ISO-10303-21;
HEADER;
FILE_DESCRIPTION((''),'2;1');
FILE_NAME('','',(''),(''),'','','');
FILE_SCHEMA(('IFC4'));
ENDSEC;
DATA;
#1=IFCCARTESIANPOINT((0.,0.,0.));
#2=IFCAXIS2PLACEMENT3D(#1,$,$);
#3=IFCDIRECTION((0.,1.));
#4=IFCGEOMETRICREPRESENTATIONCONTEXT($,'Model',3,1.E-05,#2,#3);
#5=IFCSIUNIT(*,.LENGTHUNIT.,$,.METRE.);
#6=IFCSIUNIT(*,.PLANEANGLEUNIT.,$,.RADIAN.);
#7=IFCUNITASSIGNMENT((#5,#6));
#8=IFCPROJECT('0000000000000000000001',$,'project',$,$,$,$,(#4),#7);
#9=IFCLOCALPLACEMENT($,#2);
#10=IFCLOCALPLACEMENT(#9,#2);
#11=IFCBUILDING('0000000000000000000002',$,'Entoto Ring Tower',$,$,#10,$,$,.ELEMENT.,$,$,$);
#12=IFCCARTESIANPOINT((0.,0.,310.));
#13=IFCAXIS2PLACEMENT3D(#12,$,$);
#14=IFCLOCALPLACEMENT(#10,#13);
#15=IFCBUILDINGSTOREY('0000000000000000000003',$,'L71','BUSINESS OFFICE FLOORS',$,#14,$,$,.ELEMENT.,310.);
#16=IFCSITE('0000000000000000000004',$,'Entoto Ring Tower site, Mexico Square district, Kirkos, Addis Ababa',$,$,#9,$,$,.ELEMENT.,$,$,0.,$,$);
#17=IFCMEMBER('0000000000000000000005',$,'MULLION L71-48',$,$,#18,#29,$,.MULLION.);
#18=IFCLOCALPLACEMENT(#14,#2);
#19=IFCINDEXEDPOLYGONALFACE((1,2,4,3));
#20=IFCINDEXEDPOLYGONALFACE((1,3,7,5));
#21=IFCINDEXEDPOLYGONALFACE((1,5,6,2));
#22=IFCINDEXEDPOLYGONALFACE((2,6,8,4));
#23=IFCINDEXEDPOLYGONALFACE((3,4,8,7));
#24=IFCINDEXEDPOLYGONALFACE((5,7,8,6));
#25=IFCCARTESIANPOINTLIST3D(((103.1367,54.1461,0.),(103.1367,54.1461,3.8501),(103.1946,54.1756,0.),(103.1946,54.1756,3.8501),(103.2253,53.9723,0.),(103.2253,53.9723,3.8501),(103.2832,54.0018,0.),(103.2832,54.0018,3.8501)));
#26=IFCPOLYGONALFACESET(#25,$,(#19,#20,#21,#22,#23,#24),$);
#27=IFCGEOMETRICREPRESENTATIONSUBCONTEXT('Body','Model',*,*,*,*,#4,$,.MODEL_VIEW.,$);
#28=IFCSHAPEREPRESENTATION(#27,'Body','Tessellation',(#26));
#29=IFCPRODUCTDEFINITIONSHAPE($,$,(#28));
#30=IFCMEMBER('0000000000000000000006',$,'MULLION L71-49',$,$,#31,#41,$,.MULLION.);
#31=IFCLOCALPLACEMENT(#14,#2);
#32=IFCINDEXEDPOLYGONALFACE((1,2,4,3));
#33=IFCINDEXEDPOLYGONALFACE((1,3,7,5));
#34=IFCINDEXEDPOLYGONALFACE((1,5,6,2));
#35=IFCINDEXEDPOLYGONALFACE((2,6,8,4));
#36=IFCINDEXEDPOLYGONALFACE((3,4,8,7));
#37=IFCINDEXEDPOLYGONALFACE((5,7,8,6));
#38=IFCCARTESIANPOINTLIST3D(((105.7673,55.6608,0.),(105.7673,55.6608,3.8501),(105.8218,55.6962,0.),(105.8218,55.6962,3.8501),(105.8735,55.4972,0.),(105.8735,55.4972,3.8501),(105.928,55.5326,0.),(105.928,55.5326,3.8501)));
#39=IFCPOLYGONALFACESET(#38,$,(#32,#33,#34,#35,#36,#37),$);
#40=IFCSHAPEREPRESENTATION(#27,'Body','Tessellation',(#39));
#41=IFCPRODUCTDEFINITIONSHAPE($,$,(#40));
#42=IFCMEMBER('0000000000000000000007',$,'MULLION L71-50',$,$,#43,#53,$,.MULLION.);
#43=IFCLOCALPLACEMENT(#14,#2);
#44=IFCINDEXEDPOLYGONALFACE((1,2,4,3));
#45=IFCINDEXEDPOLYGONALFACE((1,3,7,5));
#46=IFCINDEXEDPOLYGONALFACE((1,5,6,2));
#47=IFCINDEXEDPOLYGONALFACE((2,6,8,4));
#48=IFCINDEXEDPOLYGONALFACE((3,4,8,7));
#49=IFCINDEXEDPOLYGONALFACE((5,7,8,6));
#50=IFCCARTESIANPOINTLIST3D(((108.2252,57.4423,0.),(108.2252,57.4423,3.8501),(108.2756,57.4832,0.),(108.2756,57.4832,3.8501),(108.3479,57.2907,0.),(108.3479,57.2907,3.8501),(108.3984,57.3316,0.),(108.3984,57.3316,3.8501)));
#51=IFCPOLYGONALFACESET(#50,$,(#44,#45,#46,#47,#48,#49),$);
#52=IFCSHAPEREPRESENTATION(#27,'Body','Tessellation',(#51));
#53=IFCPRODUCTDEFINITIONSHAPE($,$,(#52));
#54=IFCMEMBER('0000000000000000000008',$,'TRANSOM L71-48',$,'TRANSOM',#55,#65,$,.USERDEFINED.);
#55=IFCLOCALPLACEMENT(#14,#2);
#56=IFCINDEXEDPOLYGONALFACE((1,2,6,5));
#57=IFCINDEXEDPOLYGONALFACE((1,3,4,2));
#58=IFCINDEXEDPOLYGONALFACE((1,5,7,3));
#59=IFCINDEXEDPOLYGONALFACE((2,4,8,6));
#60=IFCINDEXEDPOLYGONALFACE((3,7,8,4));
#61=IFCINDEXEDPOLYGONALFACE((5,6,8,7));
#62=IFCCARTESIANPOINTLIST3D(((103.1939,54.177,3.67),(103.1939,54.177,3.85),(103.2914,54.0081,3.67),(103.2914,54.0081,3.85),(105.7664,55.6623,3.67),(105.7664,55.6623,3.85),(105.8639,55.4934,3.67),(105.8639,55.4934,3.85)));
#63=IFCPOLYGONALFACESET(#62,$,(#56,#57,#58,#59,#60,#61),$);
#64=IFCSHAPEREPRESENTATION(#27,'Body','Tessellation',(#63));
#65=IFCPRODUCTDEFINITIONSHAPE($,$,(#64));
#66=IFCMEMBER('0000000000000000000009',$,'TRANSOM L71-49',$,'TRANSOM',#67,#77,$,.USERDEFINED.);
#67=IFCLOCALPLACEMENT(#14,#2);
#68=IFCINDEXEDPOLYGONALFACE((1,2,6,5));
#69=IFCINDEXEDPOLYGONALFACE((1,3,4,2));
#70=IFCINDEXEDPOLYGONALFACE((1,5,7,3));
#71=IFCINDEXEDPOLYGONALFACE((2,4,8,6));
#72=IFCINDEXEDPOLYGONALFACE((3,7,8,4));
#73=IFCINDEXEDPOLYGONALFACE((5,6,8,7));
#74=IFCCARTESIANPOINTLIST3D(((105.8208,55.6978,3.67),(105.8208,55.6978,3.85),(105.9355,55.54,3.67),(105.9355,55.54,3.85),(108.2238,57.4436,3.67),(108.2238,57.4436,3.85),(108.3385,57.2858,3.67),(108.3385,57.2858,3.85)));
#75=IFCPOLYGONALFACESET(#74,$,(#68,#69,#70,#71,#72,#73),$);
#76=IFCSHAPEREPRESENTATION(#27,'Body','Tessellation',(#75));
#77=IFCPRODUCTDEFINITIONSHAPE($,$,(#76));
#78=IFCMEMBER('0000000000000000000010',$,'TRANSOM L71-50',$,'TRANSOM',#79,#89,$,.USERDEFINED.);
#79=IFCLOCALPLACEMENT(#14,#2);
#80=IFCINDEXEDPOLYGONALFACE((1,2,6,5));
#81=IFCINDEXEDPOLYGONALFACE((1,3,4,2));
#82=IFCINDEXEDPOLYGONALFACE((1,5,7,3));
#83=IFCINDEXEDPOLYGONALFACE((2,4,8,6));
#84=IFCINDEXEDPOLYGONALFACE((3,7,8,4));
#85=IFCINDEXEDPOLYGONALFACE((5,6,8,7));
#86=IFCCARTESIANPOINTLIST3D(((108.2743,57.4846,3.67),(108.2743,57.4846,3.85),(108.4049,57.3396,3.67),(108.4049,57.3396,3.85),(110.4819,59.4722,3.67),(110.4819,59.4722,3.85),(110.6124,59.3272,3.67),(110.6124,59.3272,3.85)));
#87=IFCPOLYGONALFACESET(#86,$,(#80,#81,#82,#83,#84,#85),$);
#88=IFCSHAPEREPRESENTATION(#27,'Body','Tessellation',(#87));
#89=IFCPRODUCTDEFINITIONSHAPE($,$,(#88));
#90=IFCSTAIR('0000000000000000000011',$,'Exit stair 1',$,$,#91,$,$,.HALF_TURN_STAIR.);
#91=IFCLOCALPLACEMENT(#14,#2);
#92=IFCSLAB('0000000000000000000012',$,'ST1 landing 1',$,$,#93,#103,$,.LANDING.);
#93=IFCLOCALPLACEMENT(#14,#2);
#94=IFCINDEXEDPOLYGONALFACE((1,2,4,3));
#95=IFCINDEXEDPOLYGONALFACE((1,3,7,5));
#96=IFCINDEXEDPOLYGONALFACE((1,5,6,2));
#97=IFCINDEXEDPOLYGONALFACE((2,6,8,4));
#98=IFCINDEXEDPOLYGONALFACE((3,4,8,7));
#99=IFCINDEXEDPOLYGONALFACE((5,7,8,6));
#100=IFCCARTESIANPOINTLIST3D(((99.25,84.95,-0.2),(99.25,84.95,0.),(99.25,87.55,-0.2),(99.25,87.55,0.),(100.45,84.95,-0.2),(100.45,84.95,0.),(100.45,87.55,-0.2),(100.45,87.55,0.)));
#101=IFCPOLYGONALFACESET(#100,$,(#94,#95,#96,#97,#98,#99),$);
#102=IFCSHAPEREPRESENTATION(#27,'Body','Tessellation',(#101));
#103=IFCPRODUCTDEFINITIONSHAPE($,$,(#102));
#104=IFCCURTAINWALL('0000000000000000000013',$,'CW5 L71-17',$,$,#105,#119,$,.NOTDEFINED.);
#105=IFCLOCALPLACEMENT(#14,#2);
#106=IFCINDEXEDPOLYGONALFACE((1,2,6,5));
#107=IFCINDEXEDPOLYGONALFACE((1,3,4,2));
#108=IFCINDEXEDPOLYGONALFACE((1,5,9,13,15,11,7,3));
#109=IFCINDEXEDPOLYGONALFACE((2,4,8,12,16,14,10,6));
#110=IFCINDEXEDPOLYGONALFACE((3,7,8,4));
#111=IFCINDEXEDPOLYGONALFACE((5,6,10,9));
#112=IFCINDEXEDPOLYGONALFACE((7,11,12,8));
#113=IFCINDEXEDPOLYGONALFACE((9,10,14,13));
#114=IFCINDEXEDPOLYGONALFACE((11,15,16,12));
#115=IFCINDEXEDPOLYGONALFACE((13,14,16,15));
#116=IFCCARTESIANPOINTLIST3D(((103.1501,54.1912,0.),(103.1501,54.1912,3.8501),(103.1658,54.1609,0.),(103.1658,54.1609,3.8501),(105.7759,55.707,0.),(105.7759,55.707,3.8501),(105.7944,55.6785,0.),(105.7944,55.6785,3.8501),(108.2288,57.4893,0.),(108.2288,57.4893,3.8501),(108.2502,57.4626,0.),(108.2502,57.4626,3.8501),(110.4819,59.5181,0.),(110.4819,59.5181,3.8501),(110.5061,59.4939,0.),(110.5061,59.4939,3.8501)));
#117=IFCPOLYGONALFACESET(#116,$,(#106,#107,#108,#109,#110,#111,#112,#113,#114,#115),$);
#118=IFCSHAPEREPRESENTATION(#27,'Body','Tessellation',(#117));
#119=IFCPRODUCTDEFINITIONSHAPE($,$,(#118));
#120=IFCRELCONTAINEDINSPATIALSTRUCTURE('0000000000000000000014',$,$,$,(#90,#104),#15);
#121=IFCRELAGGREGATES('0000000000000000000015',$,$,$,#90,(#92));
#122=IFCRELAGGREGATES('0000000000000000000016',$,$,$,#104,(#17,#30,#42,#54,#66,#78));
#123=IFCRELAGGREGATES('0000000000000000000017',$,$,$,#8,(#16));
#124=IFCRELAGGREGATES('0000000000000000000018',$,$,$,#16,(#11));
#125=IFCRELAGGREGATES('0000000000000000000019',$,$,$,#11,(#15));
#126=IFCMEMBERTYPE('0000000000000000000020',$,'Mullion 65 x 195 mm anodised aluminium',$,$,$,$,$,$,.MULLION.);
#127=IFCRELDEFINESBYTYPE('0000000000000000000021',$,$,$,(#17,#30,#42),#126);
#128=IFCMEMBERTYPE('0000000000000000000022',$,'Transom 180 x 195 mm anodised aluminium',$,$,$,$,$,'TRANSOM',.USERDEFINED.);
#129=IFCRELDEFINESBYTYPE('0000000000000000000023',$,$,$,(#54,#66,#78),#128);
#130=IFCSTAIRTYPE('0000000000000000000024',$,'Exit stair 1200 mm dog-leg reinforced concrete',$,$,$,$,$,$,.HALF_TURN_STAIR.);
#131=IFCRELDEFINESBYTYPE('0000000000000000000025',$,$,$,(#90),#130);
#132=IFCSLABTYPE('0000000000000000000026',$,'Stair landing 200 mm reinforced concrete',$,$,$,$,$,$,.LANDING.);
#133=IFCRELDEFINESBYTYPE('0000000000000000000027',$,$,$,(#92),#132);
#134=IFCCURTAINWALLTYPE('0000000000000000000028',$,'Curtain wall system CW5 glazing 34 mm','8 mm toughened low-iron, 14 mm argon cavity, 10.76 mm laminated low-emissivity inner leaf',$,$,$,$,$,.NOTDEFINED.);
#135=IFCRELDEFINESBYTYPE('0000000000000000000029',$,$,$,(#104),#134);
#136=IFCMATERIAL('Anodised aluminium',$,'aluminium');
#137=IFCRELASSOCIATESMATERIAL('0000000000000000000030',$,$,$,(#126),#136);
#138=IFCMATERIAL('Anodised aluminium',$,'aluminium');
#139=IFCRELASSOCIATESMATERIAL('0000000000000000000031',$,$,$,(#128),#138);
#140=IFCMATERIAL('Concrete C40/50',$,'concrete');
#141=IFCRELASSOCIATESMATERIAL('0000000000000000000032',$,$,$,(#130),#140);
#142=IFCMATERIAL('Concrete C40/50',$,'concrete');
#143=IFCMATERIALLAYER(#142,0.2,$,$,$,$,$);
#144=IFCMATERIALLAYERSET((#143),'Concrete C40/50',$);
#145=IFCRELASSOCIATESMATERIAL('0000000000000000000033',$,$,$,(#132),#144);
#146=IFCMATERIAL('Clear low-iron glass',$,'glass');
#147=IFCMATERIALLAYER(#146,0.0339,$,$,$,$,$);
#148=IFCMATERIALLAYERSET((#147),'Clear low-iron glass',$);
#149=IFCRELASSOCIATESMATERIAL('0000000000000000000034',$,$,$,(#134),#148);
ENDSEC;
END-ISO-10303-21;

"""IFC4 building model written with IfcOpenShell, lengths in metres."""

from ifc_helpers import new_model, si_unit, direction, frame, origin, origin_2d, place, context, subcontext, project, spatial, polyline, rectangle, outline, extrude, material, layer, layer_set, material_profile, profile_set, type_object, element, aggregate, save


model = new_model("IFC4")

# Units and contexts
model_context = context("Model", 3, precision=1e-05, world=origin(), true_north=direction((0.0, 1.0)))
body_context = subcontext(model_context, "Body", "Model", "MODEL_VIEW")
ifc_project = project(units=[si_unit("LENGTHUNIT", "METRE"), si_unit("PLANEANGLEUNIT", "RADIAN")], contexts=[model_context])

# Members
ifc_material_1 = material(Name="Anodised aluminium", Category="aluminium")
ifc_material_profile_1 = material_profile(ifc_material_1, rectangle(XDim=0.0649, YDim=0.1951, at=origin_2d()), Name="Mullion 65 x 195 mm anodised aluminium")
ifc_profile_set_1 = profile_set([ifc_material_profile_1], Name="Anodised aluminium")
member_type_1 = type_object("IfcMemberType", Name="Mullion 65 x 195 mm anodised aluminium", PredefinedType="MULLION", material=ifc_profile_set_1)
site_placement = place(None, origin())
building_placement = place(site_placement, origin())
storey_placement = place(building_placement, frame((0.0, 0.0, 310.0)))
member_1_placement = place(storey_placement, frame((103.21, 54.074, 0.0), z_axis=(0.0, 0.0, 1.0), x_axis=(0.891007, 0.45399, 0.0)))
member_1 = element("IfcMember", 1, at=member_1_placement, type_object=member_type_1, Name="MULLION L71-48", PredefinedType="MULLION", context=body_context, shape_type="SweptSolid", body=[
    extrude(rectangle(XDim=0.0649, YDim=0.1951, at=origin_2d()), origin(), (0.0, 0.0, 1.0), 3.8501),
])
member_2_placement = place(storey_placement, frame((105.8477, 55.5967, 0.0), z_axis=(0.0, 0.0, 1.0), x_axis=(0.838671, 0.544639, 0.0)))
member_2 = element("IfcMember", 2, at=member_2_placement, type_object=member_type_1, Name="MULLION L71-49", PredefinedType="MULLION", context=body_context, shape_type="SweptSolid", body=[
    extrude(rectangle(XDim=0.0649, YDim=0.1951, at=origin_2d()), origin(), (0.0, 0.0, 1.0), 3.8501),
])
member_3_placement = place(storey_placement, frame((108.3118, 57.387, 0.0), z_axis=(0.0, 0.0, 1.0), x_axis=(0.777146, 0.62932, 0.0)))
member_3 = element("IfcMember", 3, at=member_3_placement, type_object=member_type_1, Name="MULLION L71-50", PredefinedType="MULLION", context=body_context, shape_type="SweptSolid", body=[
    extrude(rectangle(XDim=0.0649, YDim=0.1951, at=origin_2d()), origin(), (0.0, 0.0, 1.0), 3.8501),
])
ifc_material_2 = material(Name="Anodised aluminium", Category="aluminium")
ifc_material_profile_2 = material_profile(ifc_material_2, rectangle(XDim=0.1951, YDim=0.1799, at=origin_2d()), Name="Transom 180 x 195 mm anodised aluminium")
ifc_profile_set_2 = profile_set([ifc_material_profile_2], Name="Anodised aluminium")
member_type_2 = type_object("IfcMemberType", Name="Transom 180 x 195 mm anodised aluminium", ElementType="TRANSOM", PredefinedType="USERDEFINED", material=ifc_profile_set_2)
member_4_placement = place(storey_placement, frame((103.2427, 54.0925, 3.76), z_axis=(0.866009, 0.500028, 0.0), x_axis=(-0.500028, 0.866009, 0.0)))
member_4 = element("IfcMember", 4, at=member_4_placement, type_object=member_type_2, Name="TRANSOM L71-48", ObjectType="TRANSOM", PredefinedType="USERDEFINED", context=body_context, shape_type="SweptSolid", body=[
    extrude(rectangle(XDim=0.1951, YDim=0.1799, at=origin_2d()), origin(), (0.0, 0.0, 1.0), 2.9705),
])
member_5_placement = place(storey_placement, frame((105.8782, 55.6189, 3.76), z_axis=(0.809031, 0.587766, 0.0), x_axis=(-0.587766, 0.809031, 0.0)))
member_5 = element("IfcMember", 5, at=member_5_placement, type_object=member_type_2, Name="TRANSOM L71-49", ObjectType="TRANSOM", PredefinedType="USERDEFINED", context=body_context, shape_type="SweptSolid", body=[
    extrude(rectangle(XDim=0.1951, YDim=0.1799, at=origin_2d()), origin(), (0.0, 0.0, 1.0), 2.9702),
])
member_6_placement = place(storey_placement, frame((108.3396, 57.4121, 3.76), z_axis=(0.743163, 0.66911, 0.0), x_axis=(-0.66911, 0.743163, 0.0)))
member_6 = element("IfcMember", 6, at=member_6_placement, type_object=member_type_2, Name="TRANSOM L71-50", ObjectType="TRANSOM", PredefinedType="USERDEFINED", context=body_context, shape_type="SweptSolid", body=[
    extrude(rectangle(XDim=0.1951, YDim=0.1799, at=origin_2d()), origin(), (0.0, 0.0, 1.0), 2.9705),
])

# Site, building, storey
site = spatial("IfcSite", under=ifc_project, at=site_placement, Name="Entoto Ring Tower site, Mexico Square district, Kirkos, Addis Ababa", CompositionType="ELEMENT", RefElevation=0.0)
building = spatial("IfcBuilding", under=site, at=building_placement, Name="Entoto Ring Tower", CompositionType="ELEMENT")
storey = spatial("IfcBuildingStorey", under=building, at=storey_placement, Name="L71", Description="BUSINESS OFFICE FLOORS", CompositionType="ELEMENT", Elevation=310.0)

# Stair, slab
ifc_material_3 = material(Name="Concrete C40/50", Category="concrete")
stair_type = type_object("IfcStairType", Name="Exit stair 1200 mm dog-leg reinforced concrete", PredefinedType="HALF_TURN_STAIR", material=ifc_material_3)
stair_placement = place(storey_placement, origin())
stair = element("IfcStair", 7, at=stair_placement, inside=storey, type_object=stair_type, Name="Exit stair 1", PredefinedType="HALF_TURN_STAIR")
ifc_material_4 = material(Name="Concrete C40/50", Category="concrete")
ifc_layer_1 = layer(ifc_material_4, 0.2)
ifc_layer_set_1 = layer_set([ifc_layer_1], Name="Concrete C40/50")
slab_type = type_object("IfcSlabType", Name="Stair landing 200 mm reinforced concrete", PredefinedType="LANDING", material=ifc_layer_set_1)
slab_placement = place(storey_placement, frame((0.0, 0.0, -0.2)))
slab = element("IfcSlab", 8, at=slab_placement, type_object=slab_type, Name="ST1 landing 1", PredefinedType="LANDING", context=body_context, shape_type="SweptSolid", body=[
    extrude(outline(polyline([(100.45, 84.95), (100.45, 87.55), (99.25, 87.55), (99.25, 84.95), (100.45, 84.95)])), origin(), (0.0, 0.0, 1.0), 0.2),
])
aggregate(stair, [slab])

# Curtain wall
ifc_material_5 = material(Name="Clear low-iron glass", Category="glass")
ifc_layer_2 = layer(ifc_material_5, 0.0339)
ifc_layer_set_2 = layer_set([ifc_layer_2], Name="Clear low-iron glass")
curtain_wall_type = type_object("IfcCurtainWallType", Name="Curtain wall system CW5 glazing 34 mm", Description="8 mm toughened low-iron, 14 mm argon cavity, 10.76 mm laminated low-emissivity inner leaf", PredefinedType="NOTDEFINED", material=ifc_layer_set_2)
curtain_wall_1_placement = place(storey_placement, origin())
curtain_wall_1 = element("IfcCurtainWall", 9, at=curtain_wall_1_placement, inside=storey, type_object=curtain_wall_type, Name="CW5 L71-17", PredefinedType="NOTDEFINED", context=body_context, shape_type="SweptSolid", body=[
    extrude(outline(polyline([(103.1658, 54.1609), (105.7944, 55.6785), (108.2502, 57.4626), (110.5061, 59.4939), (110.4819, 59.5181), (108.2288, 57.4893), (105.7759, 55.707), (103.1501, 54.1912), (103.1658, 54.1609)])), origin(), (0.0, 0.0, 1.0), 3.8501),
])
aggregate(curtain_wall_1, [member_1, member_2, member_3, member_4, member_5, member_6])

save(model, "model.ifc")
